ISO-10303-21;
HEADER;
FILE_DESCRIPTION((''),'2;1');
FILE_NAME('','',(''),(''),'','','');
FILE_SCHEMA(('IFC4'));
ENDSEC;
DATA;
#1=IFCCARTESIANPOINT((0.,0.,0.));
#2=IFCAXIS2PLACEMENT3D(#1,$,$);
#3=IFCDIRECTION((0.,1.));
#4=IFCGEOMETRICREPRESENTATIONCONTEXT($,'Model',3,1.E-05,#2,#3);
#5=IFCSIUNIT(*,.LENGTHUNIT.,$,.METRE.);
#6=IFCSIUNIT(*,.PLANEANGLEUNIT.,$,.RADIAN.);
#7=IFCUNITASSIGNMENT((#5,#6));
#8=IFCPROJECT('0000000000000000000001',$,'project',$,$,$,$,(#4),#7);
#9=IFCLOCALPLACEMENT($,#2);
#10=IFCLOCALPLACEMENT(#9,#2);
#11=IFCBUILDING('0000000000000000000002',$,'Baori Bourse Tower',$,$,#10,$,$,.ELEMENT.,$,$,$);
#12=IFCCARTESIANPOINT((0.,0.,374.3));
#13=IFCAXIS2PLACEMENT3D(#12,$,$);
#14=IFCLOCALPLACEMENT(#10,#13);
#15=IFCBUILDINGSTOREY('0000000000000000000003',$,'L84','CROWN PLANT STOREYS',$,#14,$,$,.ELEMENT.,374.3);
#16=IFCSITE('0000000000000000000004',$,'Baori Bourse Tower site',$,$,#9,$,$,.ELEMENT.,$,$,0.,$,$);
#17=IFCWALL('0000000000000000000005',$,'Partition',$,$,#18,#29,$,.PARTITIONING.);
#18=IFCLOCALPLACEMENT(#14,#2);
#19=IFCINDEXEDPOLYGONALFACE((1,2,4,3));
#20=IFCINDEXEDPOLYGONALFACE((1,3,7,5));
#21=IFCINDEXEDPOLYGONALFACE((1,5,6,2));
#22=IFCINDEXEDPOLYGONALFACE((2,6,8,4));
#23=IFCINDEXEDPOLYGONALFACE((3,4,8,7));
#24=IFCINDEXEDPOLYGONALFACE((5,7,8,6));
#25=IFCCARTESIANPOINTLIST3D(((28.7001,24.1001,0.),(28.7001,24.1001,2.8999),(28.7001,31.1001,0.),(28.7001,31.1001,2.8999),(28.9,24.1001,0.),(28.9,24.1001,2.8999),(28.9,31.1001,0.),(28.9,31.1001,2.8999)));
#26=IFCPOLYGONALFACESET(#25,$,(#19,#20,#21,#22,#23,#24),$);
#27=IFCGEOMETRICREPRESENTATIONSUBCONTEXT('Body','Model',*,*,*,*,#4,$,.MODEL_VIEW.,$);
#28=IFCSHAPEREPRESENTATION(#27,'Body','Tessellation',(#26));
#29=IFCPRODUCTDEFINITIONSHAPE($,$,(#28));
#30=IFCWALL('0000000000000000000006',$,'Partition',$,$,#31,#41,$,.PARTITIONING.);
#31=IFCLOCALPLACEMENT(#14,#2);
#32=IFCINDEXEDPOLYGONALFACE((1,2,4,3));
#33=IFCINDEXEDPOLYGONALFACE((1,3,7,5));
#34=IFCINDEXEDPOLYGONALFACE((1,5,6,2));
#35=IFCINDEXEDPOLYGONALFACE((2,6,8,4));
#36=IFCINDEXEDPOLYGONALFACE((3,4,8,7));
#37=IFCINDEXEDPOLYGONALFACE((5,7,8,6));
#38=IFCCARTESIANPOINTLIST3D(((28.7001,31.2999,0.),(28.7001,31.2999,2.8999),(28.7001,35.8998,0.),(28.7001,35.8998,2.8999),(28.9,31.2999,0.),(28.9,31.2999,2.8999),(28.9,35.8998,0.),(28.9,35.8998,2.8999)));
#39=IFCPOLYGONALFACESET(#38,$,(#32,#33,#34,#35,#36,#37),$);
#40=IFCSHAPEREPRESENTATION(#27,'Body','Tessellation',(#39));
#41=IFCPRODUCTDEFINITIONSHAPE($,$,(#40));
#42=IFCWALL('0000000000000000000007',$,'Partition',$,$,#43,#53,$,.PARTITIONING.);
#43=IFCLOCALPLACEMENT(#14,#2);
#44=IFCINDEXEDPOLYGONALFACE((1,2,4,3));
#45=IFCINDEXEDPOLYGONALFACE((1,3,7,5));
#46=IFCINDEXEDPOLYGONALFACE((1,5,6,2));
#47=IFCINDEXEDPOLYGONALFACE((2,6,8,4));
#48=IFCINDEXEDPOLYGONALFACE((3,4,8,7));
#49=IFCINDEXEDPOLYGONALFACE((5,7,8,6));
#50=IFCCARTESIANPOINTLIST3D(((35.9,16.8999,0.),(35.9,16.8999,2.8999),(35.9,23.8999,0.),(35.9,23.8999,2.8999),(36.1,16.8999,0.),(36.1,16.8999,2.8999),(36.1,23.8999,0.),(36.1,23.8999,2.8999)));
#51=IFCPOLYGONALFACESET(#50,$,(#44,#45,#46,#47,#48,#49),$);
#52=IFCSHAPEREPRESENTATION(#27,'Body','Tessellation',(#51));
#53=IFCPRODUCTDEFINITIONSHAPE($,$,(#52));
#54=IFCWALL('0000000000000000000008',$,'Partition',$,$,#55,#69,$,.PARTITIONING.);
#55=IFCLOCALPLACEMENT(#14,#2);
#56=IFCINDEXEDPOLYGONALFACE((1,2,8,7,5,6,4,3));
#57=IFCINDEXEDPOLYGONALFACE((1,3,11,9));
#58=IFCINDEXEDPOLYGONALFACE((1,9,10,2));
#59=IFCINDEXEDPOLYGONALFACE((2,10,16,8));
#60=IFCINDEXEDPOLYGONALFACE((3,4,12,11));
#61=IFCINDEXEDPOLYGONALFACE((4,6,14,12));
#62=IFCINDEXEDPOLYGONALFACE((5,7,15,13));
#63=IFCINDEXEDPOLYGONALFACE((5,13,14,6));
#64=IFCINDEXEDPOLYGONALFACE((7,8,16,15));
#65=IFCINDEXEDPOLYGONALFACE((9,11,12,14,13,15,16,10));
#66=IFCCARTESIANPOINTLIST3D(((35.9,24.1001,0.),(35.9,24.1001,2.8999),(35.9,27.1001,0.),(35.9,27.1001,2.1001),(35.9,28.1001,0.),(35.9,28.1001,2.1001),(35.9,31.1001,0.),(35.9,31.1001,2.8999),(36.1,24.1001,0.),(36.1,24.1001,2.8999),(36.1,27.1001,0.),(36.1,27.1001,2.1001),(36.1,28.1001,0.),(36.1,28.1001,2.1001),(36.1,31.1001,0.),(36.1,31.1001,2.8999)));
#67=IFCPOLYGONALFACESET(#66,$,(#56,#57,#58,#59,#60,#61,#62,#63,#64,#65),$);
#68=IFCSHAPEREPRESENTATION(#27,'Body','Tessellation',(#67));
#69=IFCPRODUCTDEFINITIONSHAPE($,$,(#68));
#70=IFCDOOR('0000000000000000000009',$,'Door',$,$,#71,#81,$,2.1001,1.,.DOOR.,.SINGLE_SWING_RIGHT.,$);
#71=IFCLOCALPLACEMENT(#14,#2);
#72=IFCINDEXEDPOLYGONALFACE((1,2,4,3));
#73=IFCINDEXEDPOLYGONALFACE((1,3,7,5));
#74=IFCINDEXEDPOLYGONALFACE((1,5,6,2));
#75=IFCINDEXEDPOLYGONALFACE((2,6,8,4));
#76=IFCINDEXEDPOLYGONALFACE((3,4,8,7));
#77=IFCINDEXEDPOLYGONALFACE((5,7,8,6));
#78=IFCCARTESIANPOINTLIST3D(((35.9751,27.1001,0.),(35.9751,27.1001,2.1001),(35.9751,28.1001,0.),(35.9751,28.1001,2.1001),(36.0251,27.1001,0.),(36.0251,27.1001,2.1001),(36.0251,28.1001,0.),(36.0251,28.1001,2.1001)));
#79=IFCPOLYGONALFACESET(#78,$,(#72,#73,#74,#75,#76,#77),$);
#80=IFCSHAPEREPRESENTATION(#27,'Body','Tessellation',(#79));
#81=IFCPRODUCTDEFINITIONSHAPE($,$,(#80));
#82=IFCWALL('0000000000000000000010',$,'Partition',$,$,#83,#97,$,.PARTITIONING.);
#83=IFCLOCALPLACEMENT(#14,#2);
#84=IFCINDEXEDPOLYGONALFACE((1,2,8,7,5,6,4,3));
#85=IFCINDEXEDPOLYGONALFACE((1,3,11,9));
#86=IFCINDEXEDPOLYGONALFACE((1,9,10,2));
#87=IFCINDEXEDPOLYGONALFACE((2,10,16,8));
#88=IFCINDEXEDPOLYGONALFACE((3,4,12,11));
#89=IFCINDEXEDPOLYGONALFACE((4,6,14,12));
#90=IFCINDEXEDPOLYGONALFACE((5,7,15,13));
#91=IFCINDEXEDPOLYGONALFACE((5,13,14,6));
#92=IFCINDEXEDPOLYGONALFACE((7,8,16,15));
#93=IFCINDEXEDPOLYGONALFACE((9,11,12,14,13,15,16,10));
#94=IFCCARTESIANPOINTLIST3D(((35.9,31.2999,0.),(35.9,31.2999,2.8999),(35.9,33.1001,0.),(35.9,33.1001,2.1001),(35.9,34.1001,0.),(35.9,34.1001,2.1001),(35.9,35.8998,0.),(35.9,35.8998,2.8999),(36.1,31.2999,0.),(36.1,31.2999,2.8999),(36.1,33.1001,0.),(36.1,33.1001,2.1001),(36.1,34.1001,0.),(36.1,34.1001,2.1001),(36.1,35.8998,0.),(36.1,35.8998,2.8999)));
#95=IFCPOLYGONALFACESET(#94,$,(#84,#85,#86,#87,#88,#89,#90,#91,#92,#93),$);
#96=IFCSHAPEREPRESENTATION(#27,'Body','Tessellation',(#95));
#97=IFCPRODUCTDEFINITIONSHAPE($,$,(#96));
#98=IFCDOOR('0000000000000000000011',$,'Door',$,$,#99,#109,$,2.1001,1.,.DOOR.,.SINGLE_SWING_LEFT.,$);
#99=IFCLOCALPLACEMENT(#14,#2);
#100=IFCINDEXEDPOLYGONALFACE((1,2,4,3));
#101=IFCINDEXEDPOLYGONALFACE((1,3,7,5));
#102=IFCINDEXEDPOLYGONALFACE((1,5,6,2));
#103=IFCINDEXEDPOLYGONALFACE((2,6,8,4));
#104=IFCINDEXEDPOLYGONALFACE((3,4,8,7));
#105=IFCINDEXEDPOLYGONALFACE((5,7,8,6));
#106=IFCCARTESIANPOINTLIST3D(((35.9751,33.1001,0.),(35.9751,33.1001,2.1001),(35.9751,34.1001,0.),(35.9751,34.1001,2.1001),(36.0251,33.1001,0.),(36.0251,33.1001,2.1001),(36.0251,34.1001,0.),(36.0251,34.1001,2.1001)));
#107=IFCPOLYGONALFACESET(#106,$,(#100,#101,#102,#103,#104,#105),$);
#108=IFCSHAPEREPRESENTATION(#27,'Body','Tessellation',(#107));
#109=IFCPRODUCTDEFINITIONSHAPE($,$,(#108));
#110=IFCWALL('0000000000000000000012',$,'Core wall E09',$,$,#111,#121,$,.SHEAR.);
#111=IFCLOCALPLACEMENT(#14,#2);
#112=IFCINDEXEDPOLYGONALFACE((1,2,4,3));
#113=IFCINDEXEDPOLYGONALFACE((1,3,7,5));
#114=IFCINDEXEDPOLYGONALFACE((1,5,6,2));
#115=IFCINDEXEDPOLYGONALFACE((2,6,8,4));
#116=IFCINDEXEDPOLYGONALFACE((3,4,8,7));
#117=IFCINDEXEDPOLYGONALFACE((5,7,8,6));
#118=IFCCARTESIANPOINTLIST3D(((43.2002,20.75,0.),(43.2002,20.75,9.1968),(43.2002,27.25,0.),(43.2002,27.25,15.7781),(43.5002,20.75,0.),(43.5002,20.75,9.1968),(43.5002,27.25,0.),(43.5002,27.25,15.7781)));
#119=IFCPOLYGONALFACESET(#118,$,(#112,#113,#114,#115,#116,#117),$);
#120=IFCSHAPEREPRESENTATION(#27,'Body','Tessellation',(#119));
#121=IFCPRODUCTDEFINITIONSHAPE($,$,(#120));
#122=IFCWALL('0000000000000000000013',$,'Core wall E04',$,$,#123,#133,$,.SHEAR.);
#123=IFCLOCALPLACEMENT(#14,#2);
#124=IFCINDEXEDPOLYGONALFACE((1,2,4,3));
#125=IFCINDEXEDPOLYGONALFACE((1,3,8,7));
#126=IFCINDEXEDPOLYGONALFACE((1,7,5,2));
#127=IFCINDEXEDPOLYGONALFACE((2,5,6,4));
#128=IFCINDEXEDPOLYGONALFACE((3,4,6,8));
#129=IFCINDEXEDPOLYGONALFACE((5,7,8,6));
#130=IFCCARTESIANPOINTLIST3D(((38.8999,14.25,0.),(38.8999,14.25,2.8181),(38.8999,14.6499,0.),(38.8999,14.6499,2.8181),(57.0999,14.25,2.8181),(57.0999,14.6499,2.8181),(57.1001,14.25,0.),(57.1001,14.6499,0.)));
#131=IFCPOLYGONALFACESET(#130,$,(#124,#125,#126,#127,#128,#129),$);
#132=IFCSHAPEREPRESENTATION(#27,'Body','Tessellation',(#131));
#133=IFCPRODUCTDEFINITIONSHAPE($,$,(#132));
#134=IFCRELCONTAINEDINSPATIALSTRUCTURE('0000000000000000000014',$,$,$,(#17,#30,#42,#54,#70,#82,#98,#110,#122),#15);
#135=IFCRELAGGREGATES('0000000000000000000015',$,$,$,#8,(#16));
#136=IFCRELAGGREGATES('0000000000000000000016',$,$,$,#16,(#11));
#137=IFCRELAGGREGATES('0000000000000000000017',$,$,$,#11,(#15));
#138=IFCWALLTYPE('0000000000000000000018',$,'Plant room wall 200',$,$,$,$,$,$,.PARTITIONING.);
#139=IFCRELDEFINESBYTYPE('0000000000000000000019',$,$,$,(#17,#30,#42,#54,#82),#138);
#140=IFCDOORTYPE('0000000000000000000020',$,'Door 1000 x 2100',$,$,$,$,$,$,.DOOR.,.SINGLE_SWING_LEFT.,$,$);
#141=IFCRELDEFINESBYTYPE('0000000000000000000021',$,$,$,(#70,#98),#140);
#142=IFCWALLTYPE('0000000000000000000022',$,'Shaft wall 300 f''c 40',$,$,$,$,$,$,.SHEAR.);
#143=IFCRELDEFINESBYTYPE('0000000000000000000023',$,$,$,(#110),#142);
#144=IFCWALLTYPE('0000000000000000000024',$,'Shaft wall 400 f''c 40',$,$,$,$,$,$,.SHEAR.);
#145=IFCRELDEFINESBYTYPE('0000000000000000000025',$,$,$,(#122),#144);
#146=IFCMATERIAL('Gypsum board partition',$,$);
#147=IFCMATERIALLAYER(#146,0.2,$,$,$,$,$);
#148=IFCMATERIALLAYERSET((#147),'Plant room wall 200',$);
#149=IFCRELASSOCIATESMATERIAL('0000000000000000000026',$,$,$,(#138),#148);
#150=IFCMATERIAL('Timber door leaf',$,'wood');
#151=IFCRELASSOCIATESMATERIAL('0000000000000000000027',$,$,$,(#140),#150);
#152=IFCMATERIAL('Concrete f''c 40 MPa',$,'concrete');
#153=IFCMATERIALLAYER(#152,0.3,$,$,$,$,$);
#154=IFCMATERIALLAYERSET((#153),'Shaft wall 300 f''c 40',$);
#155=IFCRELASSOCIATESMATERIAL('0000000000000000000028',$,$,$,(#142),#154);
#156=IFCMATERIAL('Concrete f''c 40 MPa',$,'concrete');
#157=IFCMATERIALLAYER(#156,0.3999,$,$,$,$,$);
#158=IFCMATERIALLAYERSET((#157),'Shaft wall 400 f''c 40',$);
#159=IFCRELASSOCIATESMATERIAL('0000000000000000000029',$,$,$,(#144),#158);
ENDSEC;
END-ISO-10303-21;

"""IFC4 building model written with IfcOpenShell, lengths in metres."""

from ifc_helpers import new_model, si_unit, direction, frame, frame_2d, origin, place, context, subcontext, project, spatial, polyline, rectangle, outline, extrude, material, layer, layer_set, type_object, element, fill, save


model = new_model("IFC4")

# Units and contexts
model_context = context("Model", 3, precision=1e-05, world=origin(), true_north=direction((0.0, 1.0)))
body_context = subcontext(model_context, "Body", "Model", "MODEL_VIEW")
ifc_project = project(units=[si_unit("LENGTHUNIT", "METRE"), si_unit("PLANEANGLEUNIT", "RADIAN")], contexts=[model_context])

# Site, building, storey
site_placement = place(None, origin())
site = spatial("IfcSite", under=ifc_project, at=site_placement, Name="Baori Bourse Tower site", CompositionType="ELEMENT", RefElevation=0.0)
building_placement = place(site_placement, origin())
building = spatial("IfcBuilding", under=site, at=building_placement, Name="Baori Bourse Tower", CompositionType="ELEMENT")
storey_placement = place(building_placement, frame((0.0, 0.0, 374.3)))
storey = spatial("IfcBuildingStorey", under=building, at=storey_placement, Name="L84", Description="CROWN PLANT STOREYS", CompositionType="ELEMENT", Elevation=374.3)

# Walls
ifc_material_1 = material(Name="Gypsum board partition")
ifc_layer_1 = layer(ifc_material_1, 0.2)
ifc_layer_set_1 = layer_set([ifc_layer_1], Name="Plant room wall 200")
wall_type_1 = type_object("IfcWallType", Name="Plant room wall 200", PredefinedType="PARTITIONING", material=ifc_layer_set_1)
wall_1_placement = place(storey_placement, frame((28.8, 24.1001, 0.0), z_axis=(0.0, 0.0, 1.0), x_axis=(0.0, 1.0, 0.0)))
element("IfcWall", 1, at=wall_1_placement, inside=storey, type_object=wall_type_1, Name="Partition", PredefinedType="PARTITIONING", context=body_context, shape_type="SweptSolid", body=[
    extrude(rectangle(XDim=7.0, YDim=0.2, at=frame_2d((3.5, 0.0))), origin(), (0.0, 0.0, 1.0), 2.8999),
])
wall_2_placement = place(storey_placement, frame((28.8, 31.3, 0.0), z_axis=(0.0, 0.0, 1.0), x_axis=(0.0, 1.0, 0.0)))
element("IfcWall", 2, at=wall_2_placement, inside=storey, type_object=wall_type_1, Name="Partition", PredefinedType="PARTITIONING", context=body_context, shape_type="SweptSolid", body=[
    extrude(rectangle(XDim=4.5999, YDim=0.2, at=frame_2d((2.2998, 0.0))), origin(), (0.0, 0.0, 1.0), 2.8999),
])
wall_3_placement = place(storey_placement, frame((36.0, 16.8999, 0.0), z_axis=(0.0, 0.0, 1.0), x_axis=(0.0, 1.0, 0.0)))
element("IfcWall", 3, at=wall_3_placement, inside=storey, type_object=wall_type_1, Name="Partition", PredefinedType="PARTITIONING", context=body_context, shape_type="SweptSolid", body=[
    extrude(rectangle(XDim=7.0, YDim=0.2, at=frame_2d((3.5, 0.0))), origin(), (0.0, 0.0, 1.0), 2.8999),
])

# Walls, openings, doors
wall_4_placement = place(storey_placement, frame((36.0, 24.1001, 0.0), z_axis=(0.0, 0.0, 1.0), x_axis=(0.0, 1.0, 0.0)))
wall_4 = element("IfcWall", 4, at=wall_4_placement, inside=storey, type_object=wall_type_1, Name="Partition", PredefinedType="PARTITIONING", context=body_context, shape_type="SweptSolid", body=[
    extrude(rectangle(XDim=7.0, YDim=0.2, at=frame_2d((3.5, 0.0))), origin(), (0.0, 0.0, 1.0), 2.8999),
])
opening_1_placement = place(wall_4_placement, frame((3.0, 0.0, 0.0)))
opening_1 = element("IfcOpeningElement", 5, at=opening_1_placement, cuts=wall_4, PredefinedType="OPENING", context=body_context, shape_type="SweptSolid", body=[
    extrude(rectangle(XDim=1.0, YDim=2.1001, at=frame_2d((0.5, 1.05))), frame((0.0, 0.1099, 0.0), z_axis=(0.0, -1.0, 0.0), x_axis=(1.0, 0.0, 0.0)), (0.0, 0.0, 1.0), 0.22),
])
ifc_material_2 = material(Name="Timber door leaf", Category="wood")
door_type_1 = type_object("IfcDoorType", Name="Door 1000 x 2100", OperationType="SINGLE_SWING_LEFT", PredefinedType="DOOR", material=ifc_material_2)
door_1_placement = place(opening_1_placement, origin())
door_1 = element("IfcDoor", 6, at=door_1_placement, inside=storey, type_object=door_type_1, Name="Door", OperationType="SINGLE_SWING_RIGHT", OverallHeight=2.1001, OverallWidth=1.0, PredefinedType="DOOR", context=body_context, shape_type="SweptSolid", body=[
    extrude(rectangle(XDim=1.0, YDim=2.1001, at=frame_2d((0.5, 1.05))), frame((0.0, 0.0249, 0.0), z_axis=(0.0, -1.0, 0.0), x_axis=(1.0, 0.0, 0.0)), (0.0, 0.0, 1.0), 0.05),
])
fill(opening_1, door_1)
wall_5_placement = place(storey_placement, frame((36.0, 31.3, 0.0), z_axis=(0.0, 0.0, 1.0), x_axis=(0.0, 1.0, 0.0)))
wall_5 = element("IfcWall", 7, at=wall_5_placement, inside=storey, type_object=wall_type_1, Name="Partition", PredefinedType="PARTITIONING", context=body_context, shape_type="SweptSolid", body=[
    extrude(rectangle(XDim=4.5999, YDim=0.2, at=frame_2d((2.2998, 0.0))), origin(), (0.0, 0.0, 1.0), 2.8999),
])
opening_2_placement = place(wall_5_placement, frame((1.8, 0.0, 0.0)))
opening_2 = element("IfcOpeningElement", 8, at=opening_2_placement, cuts=wall_5, PredefinedType="OPENING", context=body_context, shape_type="SweptSolid", body=[
    extrude(rectangle(XDim=1.0, YDim=2.1001, at=frame_2d((0.5, 1.05))), frame((0.0, 0.1099, 0.0), z_axis=(0.0, -1.0, 0.0), x_axis=(1.0, 0.0, 0.0)), (0.0, 0.0, 1.0), 0.22),
])
door_2_placement = place(opening_2_placement, origin())
door_2 = element("IfcDoor", 9, at=door_2_placement, inside=storey, type_object=door_type_1, Name="Door", OperationType="SINGLE_SWING_LEFT", OverallHeight=2.1001, OverallWidth=1.0, PredefinedType="DOOR", context=body_context, shape_type="SweptSolid", body=[
    extrude(rectangle(XDim=1.0, YDim=2.1001, at=frame_2d((0.5, 1.05))), frame((0.0, 0.0249, 0.0), z_axis=(0.0, -1.0, 0.0), x_axis=(1.0, 0.0, 0.0)), (0.0, 0.0, 1.0), 0.05),
])
fill(opening_2, door_2)

# Walls
ifc_material_3 = material(Name="Concrete f'c 40 MPa", Category="concrete")
ifc_layer_2 = layer(ifc_material_3, 0.3)
ifc_layer_set_2 = layer_set([ifc_layer_2], Name="Shaft wall 300 f'c 40")
wall_type_2 = type_object("IfcWallType", Name="Shaft wall 300 f'c 40", PredefinedType="SHEAR", material=ifc_layer_set_2)
wall_6_placement = place(storey_placement, frame((43.3501, 20.75, 0.0), z_axis=(0.0, 0.0, 1.0), x_axis=(0.0, 1.0, 0.0)))
element("IfcWall", 10, at=wall_6_placement, inside=storey, type_object=wall_type_2, Name="Core wall E09", PredefinedType="SHEAR", context=body_context, shape_type="SweptSolid", body=[
    extrude(outline(polyline([(0.0, 0.0), (6.5, 0.0), (6.5, 15.7781), (0.0, 9.1968), (0.0, 0.0)])), frame((0.0, 0.1499, 0.0), z_axis=(0.0, -1.0, 0.0), x_axis=(1.0, 0.0, 0.0)), (0.0, 0.0, 1.0), 0.3),
])
ifc_material_4 = material(Name="Concrete f'c 40 MPa", Category="concrete")
ifc_layer_3 = layer(ifc_material_4, 0.3999)
ifc_layer_set_3 = layer_set([ifc_layer_3], Name="Shaft wall 400 f'c 40")
wall_type_3 = type_object("IfcWallType", Name="Shaft wall 400 f'c 40", PredefinedType="SHEAR", material=ifc_layer_set_3)
wall_7_placement = place(storey_placement, frame((38.8999, 14.45, 0.0), z_axis=(0.0, 0.0, 1.0), x_axis=(1.0, 0.0, 0.0)))
element("IfcWall", 11, at=wall_7_placement, inside=storey, type_object=wall_type_3, Name="Core wall E04", PredefinedType="SHEAR", context=body_context, shape_type="SweptSolid", body=[
    extrude(outline(polyline([(0.0, 0.0), (18.2002, 0.0), (18.2, 2.8181), (0.0, 2.8181), (0.0, 0.0)])), frame((0.0, 0.2, 0.0), z_axis=(0.0, -1.0, 0.0), x_axis=(1.0, 0.0, 0.0)), (0.0, 0.0, 1.0), 0.3999),
])

save(model, "model.ifc")
